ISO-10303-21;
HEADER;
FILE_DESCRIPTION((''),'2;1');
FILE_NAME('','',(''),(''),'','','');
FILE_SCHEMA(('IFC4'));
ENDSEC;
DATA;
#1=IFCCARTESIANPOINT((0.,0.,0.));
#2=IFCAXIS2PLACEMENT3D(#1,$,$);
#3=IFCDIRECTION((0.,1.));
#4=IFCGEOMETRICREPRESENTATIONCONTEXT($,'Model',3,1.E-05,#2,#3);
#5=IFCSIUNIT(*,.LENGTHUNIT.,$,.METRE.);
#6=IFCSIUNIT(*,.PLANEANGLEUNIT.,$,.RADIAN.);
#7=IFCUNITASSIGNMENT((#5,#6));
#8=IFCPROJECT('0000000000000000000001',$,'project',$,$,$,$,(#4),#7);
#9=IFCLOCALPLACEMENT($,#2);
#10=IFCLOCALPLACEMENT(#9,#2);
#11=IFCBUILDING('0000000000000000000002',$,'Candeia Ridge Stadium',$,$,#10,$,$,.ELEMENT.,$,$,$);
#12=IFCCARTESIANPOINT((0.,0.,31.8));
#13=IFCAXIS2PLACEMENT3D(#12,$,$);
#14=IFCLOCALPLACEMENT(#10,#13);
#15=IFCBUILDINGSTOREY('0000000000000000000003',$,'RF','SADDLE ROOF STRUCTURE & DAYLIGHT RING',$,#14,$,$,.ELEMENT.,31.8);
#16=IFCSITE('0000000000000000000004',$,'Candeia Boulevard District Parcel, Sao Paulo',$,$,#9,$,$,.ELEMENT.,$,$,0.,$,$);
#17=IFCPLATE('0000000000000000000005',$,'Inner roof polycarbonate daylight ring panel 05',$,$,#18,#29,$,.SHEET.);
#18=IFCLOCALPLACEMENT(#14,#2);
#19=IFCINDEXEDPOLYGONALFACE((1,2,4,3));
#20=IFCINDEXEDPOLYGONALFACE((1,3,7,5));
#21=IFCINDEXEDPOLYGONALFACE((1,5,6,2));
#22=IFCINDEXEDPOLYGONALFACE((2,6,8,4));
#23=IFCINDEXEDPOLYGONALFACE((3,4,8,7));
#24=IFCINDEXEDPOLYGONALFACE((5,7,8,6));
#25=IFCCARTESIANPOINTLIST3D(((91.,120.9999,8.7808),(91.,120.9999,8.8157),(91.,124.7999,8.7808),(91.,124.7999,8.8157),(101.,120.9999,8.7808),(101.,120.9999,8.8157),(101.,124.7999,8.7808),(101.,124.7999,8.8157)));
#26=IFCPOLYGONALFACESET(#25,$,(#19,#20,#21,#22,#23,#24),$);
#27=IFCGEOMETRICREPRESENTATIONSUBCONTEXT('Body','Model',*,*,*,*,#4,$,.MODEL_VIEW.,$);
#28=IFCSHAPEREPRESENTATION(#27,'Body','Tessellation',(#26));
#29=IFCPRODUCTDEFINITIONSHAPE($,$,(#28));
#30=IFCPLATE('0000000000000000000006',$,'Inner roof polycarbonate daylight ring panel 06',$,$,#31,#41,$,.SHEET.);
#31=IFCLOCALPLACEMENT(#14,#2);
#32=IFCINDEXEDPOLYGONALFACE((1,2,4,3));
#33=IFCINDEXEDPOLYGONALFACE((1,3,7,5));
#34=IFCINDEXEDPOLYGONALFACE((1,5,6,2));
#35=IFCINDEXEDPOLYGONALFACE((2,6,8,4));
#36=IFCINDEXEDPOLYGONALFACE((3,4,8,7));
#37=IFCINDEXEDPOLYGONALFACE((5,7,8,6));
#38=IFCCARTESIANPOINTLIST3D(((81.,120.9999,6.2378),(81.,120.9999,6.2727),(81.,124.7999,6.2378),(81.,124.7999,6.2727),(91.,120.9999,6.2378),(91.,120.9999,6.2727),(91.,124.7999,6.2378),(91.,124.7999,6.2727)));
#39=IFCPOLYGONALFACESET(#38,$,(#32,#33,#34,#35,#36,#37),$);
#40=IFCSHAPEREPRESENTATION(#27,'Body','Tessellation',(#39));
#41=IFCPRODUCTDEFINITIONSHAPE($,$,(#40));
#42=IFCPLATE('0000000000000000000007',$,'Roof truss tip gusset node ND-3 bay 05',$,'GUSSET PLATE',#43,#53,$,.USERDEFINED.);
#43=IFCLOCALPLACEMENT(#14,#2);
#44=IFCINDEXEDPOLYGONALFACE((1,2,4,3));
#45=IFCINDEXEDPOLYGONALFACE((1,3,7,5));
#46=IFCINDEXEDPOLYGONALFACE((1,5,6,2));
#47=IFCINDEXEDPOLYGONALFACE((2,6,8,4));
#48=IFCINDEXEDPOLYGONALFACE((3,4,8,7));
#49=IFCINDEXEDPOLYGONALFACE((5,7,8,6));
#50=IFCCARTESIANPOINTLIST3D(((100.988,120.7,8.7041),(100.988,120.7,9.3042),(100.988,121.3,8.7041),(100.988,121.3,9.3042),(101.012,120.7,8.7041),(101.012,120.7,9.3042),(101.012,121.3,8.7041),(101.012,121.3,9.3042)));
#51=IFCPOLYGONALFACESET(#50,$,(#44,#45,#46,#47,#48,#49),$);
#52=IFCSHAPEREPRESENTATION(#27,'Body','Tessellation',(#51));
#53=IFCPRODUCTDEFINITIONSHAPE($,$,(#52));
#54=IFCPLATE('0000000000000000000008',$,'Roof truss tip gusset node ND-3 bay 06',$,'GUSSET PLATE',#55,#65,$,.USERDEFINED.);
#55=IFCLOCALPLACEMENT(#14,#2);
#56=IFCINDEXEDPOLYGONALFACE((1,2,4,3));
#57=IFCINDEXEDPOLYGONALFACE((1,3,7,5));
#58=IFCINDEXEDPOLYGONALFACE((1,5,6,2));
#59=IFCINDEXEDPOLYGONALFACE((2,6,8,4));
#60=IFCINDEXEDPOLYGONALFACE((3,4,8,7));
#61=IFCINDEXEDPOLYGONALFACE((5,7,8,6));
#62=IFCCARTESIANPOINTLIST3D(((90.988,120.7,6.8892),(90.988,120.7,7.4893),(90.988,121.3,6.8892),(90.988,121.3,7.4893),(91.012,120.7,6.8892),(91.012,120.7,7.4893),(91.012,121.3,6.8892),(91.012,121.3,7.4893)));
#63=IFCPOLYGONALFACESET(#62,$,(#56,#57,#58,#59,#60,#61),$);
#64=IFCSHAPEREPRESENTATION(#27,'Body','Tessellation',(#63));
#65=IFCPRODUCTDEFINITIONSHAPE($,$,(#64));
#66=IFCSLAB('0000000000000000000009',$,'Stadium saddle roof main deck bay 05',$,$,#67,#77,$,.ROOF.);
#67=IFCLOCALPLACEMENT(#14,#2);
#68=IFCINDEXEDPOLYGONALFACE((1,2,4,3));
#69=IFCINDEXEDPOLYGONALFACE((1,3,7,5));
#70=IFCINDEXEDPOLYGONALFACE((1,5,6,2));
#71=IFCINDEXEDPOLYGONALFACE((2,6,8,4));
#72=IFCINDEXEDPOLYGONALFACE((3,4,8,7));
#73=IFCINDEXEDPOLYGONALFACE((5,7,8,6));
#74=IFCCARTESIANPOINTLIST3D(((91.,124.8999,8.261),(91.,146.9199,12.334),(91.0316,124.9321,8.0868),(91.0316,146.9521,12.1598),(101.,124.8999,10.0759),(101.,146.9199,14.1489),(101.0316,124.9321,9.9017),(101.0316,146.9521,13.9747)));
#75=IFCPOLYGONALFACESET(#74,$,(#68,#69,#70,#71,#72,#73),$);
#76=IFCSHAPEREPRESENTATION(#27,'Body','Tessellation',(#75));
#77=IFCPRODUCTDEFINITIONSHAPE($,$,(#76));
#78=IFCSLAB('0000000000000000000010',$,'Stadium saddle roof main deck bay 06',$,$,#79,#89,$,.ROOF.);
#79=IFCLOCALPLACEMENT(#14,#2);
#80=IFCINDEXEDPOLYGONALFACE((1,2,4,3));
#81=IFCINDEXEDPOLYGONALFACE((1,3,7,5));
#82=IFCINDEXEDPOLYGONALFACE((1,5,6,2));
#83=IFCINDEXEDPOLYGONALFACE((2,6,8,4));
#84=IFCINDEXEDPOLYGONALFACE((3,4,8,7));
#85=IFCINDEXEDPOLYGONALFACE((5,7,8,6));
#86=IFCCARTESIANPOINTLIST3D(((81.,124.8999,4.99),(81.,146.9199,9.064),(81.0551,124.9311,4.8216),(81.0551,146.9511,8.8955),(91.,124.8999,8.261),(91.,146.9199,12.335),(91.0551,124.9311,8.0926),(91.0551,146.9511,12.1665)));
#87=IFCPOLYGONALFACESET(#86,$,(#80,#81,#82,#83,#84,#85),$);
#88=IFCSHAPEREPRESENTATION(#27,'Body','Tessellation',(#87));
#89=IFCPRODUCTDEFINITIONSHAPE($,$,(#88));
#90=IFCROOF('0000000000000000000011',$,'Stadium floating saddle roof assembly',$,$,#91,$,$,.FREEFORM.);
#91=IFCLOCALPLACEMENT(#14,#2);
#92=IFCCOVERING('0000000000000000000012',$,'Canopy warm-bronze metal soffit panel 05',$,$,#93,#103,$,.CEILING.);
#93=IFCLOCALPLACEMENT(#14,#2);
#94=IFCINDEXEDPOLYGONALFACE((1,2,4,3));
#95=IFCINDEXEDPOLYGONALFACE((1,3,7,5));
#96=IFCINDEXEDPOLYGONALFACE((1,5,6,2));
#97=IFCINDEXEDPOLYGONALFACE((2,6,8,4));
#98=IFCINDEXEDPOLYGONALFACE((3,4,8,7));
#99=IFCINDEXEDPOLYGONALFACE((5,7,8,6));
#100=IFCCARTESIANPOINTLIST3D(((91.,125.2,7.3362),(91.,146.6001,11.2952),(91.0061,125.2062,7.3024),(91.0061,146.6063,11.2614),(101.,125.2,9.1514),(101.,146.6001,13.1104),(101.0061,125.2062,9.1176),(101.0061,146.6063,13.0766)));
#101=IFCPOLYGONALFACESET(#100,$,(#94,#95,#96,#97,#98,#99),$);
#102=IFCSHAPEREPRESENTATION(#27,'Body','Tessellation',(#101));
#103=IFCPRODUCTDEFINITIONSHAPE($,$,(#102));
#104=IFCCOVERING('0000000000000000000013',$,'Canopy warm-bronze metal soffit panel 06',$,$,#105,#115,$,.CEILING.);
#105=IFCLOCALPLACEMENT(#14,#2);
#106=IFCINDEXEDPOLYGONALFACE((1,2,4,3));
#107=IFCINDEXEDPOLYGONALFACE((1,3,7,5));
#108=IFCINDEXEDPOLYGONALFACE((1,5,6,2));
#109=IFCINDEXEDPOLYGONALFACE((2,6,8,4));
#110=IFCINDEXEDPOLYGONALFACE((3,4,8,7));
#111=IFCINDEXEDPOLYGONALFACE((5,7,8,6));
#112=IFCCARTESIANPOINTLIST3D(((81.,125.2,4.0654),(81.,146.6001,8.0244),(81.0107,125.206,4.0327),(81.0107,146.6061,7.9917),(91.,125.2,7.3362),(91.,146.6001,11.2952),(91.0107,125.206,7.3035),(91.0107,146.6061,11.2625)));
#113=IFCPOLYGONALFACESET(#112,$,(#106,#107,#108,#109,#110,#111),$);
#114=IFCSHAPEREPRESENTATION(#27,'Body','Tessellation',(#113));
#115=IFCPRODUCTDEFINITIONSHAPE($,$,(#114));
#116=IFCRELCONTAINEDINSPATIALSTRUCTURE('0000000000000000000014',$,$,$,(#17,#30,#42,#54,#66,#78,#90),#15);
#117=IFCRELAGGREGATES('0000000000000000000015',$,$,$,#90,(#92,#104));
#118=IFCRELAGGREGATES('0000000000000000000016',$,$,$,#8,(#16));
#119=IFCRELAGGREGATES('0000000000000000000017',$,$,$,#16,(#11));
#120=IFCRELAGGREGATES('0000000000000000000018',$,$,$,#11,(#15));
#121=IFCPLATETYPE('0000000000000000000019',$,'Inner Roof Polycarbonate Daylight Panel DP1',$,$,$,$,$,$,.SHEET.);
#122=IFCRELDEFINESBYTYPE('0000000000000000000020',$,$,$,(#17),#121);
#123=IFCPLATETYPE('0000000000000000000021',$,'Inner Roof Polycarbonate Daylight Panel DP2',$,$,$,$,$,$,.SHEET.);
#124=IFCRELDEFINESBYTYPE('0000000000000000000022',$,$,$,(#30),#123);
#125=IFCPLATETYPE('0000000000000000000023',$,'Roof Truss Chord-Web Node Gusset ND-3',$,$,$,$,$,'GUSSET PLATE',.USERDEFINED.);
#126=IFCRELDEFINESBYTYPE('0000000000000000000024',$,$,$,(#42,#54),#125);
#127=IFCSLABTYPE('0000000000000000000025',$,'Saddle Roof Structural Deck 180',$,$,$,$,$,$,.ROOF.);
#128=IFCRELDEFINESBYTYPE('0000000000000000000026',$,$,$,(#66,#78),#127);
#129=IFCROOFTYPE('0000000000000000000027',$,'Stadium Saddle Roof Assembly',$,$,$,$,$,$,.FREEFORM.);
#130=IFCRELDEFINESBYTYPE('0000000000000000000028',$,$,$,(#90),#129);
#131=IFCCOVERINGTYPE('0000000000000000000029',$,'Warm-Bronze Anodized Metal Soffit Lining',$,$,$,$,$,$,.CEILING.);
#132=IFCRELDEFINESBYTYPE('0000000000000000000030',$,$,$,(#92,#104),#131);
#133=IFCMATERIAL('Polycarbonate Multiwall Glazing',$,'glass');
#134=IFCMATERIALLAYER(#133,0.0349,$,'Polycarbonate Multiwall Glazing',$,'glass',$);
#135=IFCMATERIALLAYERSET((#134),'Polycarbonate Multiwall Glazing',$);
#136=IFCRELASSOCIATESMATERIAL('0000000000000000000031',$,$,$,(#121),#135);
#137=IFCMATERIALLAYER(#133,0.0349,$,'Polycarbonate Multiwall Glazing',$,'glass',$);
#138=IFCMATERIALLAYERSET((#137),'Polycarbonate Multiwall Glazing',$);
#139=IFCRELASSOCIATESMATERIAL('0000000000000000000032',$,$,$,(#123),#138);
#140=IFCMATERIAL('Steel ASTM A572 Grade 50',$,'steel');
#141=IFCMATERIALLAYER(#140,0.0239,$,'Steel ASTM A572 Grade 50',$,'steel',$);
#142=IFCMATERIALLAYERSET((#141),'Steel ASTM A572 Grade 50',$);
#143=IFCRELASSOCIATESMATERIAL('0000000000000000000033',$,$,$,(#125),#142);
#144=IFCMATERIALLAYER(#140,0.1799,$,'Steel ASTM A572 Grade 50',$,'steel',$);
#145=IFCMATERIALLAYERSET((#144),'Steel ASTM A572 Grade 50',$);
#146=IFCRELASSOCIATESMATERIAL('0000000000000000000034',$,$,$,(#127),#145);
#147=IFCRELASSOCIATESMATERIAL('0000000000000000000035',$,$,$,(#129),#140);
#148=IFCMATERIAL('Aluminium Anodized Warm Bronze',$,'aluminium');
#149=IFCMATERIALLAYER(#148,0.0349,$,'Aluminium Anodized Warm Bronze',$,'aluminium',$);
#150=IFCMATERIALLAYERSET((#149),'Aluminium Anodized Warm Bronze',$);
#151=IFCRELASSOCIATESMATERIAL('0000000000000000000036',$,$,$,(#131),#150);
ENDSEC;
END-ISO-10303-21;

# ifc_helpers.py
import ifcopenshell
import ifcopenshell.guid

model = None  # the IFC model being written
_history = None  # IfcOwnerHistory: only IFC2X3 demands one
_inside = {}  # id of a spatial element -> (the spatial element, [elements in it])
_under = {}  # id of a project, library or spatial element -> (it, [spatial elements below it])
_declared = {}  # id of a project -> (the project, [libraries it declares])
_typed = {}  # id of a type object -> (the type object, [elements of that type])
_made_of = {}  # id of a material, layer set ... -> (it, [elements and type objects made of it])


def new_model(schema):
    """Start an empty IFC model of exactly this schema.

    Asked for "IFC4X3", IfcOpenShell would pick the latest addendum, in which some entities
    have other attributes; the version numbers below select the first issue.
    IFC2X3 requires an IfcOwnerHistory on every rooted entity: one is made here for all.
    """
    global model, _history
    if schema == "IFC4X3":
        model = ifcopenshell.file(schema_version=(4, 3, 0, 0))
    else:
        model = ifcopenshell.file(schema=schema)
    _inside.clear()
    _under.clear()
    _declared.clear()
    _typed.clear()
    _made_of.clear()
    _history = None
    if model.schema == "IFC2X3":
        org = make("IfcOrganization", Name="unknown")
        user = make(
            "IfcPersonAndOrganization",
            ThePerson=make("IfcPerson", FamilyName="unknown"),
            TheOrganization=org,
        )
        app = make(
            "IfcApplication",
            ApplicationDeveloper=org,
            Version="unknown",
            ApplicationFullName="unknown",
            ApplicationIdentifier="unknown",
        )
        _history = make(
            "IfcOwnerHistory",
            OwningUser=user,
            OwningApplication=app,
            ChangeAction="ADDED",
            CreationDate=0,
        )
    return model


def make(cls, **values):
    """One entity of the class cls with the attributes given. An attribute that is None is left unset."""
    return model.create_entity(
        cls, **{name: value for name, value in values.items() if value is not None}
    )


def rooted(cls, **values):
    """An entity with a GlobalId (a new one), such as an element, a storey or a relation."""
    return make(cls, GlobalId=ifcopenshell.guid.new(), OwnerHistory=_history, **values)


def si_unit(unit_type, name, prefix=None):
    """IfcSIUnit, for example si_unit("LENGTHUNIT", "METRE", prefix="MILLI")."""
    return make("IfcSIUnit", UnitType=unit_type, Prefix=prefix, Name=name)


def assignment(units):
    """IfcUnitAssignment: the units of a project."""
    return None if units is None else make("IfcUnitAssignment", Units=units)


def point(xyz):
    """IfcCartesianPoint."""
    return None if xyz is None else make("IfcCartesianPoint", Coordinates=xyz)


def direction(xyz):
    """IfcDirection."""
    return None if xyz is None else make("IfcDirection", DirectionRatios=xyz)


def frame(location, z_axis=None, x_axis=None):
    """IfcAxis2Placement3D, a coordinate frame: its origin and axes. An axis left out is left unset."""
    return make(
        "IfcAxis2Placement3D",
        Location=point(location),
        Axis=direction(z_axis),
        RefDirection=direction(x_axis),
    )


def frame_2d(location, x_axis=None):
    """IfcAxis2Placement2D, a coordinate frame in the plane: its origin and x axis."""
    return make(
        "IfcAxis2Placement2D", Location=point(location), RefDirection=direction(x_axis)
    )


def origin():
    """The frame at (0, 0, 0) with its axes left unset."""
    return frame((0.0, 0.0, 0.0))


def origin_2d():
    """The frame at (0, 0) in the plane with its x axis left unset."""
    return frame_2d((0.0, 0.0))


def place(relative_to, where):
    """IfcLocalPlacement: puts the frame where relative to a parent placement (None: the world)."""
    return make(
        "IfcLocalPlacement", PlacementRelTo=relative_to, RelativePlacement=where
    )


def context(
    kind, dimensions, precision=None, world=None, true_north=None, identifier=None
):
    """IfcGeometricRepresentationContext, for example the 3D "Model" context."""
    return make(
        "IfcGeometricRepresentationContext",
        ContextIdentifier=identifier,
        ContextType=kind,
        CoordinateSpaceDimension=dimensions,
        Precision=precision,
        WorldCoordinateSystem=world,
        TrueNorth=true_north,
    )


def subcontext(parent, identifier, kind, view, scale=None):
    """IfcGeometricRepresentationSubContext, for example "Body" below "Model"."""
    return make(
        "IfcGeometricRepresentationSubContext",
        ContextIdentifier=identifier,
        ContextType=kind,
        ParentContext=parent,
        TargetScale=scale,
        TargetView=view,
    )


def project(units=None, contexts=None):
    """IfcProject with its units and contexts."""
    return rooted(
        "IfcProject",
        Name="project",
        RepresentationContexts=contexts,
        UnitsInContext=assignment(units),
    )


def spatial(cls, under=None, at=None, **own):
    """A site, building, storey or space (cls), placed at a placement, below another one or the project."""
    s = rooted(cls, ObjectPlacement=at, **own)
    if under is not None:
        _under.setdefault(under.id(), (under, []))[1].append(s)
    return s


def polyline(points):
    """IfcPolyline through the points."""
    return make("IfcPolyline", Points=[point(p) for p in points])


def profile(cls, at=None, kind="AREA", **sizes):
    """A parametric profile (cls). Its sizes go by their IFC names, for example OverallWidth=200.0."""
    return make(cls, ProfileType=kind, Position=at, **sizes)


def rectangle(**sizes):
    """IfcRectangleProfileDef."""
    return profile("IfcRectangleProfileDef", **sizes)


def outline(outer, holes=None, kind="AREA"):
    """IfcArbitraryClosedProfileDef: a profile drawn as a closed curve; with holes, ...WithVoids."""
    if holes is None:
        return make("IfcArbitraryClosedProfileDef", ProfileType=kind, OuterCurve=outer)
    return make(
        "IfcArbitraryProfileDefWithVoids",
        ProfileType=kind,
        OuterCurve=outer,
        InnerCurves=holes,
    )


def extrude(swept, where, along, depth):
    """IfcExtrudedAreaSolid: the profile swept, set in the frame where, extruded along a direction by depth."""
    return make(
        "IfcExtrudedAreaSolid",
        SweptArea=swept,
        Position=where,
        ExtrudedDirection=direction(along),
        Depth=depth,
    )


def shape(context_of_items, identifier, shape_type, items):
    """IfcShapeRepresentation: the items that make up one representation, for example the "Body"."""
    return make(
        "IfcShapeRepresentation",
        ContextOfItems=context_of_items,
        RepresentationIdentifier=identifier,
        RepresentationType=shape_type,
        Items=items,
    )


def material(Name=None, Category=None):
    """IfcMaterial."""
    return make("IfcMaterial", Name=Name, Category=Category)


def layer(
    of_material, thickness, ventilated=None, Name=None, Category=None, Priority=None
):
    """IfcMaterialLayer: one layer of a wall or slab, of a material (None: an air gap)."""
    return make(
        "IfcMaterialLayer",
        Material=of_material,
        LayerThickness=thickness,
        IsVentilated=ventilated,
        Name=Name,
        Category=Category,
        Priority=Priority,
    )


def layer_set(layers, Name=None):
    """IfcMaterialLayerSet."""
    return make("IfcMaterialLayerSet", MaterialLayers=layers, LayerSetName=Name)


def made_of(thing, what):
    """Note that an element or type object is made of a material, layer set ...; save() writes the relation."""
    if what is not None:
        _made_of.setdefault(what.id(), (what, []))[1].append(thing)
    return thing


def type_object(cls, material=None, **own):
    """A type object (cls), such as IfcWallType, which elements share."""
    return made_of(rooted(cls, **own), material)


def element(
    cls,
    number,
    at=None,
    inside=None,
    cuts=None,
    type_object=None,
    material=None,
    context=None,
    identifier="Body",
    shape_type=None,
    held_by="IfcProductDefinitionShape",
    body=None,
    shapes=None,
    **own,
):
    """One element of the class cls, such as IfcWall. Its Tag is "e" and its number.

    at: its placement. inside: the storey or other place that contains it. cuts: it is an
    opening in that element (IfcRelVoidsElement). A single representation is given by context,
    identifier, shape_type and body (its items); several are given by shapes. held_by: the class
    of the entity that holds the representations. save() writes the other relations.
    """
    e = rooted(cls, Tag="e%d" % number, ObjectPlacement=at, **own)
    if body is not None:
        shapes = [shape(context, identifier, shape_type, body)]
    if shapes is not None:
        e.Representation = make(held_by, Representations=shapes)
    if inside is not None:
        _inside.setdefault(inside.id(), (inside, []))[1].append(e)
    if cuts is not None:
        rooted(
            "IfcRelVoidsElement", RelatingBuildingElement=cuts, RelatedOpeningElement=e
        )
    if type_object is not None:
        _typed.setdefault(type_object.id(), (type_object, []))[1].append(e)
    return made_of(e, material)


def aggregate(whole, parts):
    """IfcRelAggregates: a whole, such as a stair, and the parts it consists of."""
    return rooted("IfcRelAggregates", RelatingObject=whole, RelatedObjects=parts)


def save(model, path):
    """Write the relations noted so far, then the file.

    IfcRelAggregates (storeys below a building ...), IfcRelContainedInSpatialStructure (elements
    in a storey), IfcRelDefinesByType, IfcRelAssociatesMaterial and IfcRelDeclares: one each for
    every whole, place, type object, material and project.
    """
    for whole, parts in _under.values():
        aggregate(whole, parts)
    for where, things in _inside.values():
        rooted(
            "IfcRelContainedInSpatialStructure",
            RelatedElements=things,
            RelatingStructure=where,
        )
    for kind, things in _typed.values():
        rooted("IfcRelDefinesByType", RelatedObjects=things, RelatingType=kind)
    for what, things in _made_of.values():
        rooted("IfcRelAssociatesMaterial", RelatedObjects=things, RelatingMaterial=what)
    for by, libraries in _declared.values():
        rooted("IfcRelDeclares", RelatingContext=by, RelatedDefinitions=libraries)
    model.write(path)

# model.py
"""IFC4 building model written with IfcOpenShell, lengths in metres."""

from ifc_helpers import new_model, si_unit, direction, frame, origin, origin_2d, place, context, subcontext, project, spatial, polyline, rectangle, outline, extrude, material, layer, layer_set, type_object, element, aggregate, save


model = new_model("IFC4")

# Units and contexts
model_context = context("Model", 3, precision=1e-05, world=origin(), true_north=direction((0.0, 1.0)))
body_context = subcontext(model_context, "Body", "Model", "MODEL_VIEW")
ifc_project = project(units=[si_unit("LENGTHUNIT", "METRE"), si_unit("PLANEANGLEUNIT", "RADIAN")], contexts=[model_context])

# Site, building, storey
site_placement = place(None, origin())
site = spatial("IfcSite", under=ifc_project, at=site_placement, Name="Candeia Boulevard District Parcel, Sao Paulo", CompositionType="ELEMENT", RefElevation=0.0)
building_placement = place(site_placement, origin())
building = spatial("IfcBuilding", under=site, at=building_placement, Name="Candeia Ridge Stadium", CompositionType="ELEMENT")
storey_placement = place(building_placement, frame((0.0, 0.0, 31.8)))
storey = spatial("IfcBuildingStorey", under=building, at=storey_placement, Name="RF", Description="SADDLE ROOF STRUCTURE & DAYLIGHT RING", CompositionType="ELEMENT", Elevation=31.8)

# Shared definitions
ifc_material_1 = material(Name="Steel ASTM A572 Grade 50", Category="steel")

# Plates
ifc_material_2 = material(Name="Polycarbonate Multiwall Glazing", Category="glass")
ifc_layer_1 = layer(ifc_material_2, 0.0349, Name="Polycarbonate Multiwall Glazing", Category="glass")
ifc_layer_set_1 = layer_set([ifc_layer_1], Name="Polycarbonate Multiwall Glazing")
plate_type_1 = type_object("IfcPlateType", Name="Inner Roof Polycarbonate Daylight Panel DP1", PredefinedType="SHEET", material=ifc_layer_set_1)
plate_1_placement = place(storey_placement, frame((96.0, 122.8999, 8.7808), z_axis=(0.0, 0.0, 1.0), x_axis=(-1.0, 0.0, 0.0)))
element("IfcPlate", 1, at=plate_1_placement, inside=storey, type_object=plate_type_1, Name="Inner roof polycarbonate daylight ring panel 05", PredefinedType="SHEET", context=body_context, shape_type="SweptSolid", body=[
    extrude(rectangle(XDim=10.0, YDim=3.8, at=origin_2d()), origin(), (0.0, 0.0, 1.0), 0.0349),
])
ifc_layer_2 = layer(ifc_material_2, 0.0349, Name="Polycarbonate Multiwall Glazing", Category="glass")
ifc_layer_set_2 = layer_set([ifc_layer_2], Name="Polycarbonate Multiwall Glazing")
plate_type_2 = type_object("IfcPlateType", Name="Inner Roof Polycarbonate Daylight Panel DP2", PredefinedType="SHEET", material=ifc_layer_set_2)
plate_2_placement = place(storey_placement, frame((86.0, 122.8999, 6.2378), z_axis=(0.0, 0.0, 1.0), x_axis=(-1.0, 0.0, 0.0)))
element("IfcPlate", 2, at=plate_2_placement, inside=storey, type_object=plate_type_2, Name="Inner roof polycarbonate daylight ring panel 06", PredefinedType="SHEET", context=body_context, shape_type="SweptSolid", body=[
    extrude(rectangle(XDim=10.0, YDim=3.8, at=origin_2d()), origin(), (0.0, 0.0, 1.0), 0.0349),
])
ifc_layer_3 = layer(ifc_material_1, 0.0239, Name="Steel ASTM A572 Grade 50", Category="steel")
ifc_layer_set_3 = layer_set([ifc_layer_3], Name="Steel ASTM A572 Grade 50")
plate_type_3 = type_object("IfcPlateType", Name="Roof Truss Chord-Web Node Gusset ND-3", ElementType="GUSSET PLATE", PredefinedType="USERDEFINED", material=ifc_layer_set_3)
for number, where, z_axis, x_axis, name in (
    (3, (101.0, 121.0, 8.7041), (0.0, 0.0, 1.0), (0.0, 1.0, 0.0), "Roof truss tip gusset node ND-3 bay 05"),
    (4, (91.0, 121.0, 6.8892), (0.0, 0.0, 1.0), (0.0, 1.0, 0.0), "Roof truss tip gusset node ND-3 bay 06"),
):
    element("IfcPlate", number, at=place(storey_placement, frame(where, z_axis=z_axis, x_axis=x_axis)), inside=storey, type_object=plate_type_3, Name=name, ObjectType="GUSSET PLATE", PredefinedType="USERDEFINED", context=body_context, shape_type="SweptSolid", body=[
        extrude(rectangle(XDim=0.6001, YDim=0.0239, at=origin_2d()), origin(), (0.0, 0.0, 1.0), 0.6001),
    ])

# Slabs
ifc_layer_4 = layer(ifc_material_1, 0.1799, Name="Steel ASTM A572 Grade 50", Category="steel")
ifc_layer_set_4 = layer_set([ifc_layer_4], Name="Steel ASTM A572 Grade 50")
slab_type = type_object("IfcSlabType", Name="Saddle Roof Structural Deck 180", PredefinedType="ROOF", material=ifc_layer_set_4)
slab_1_placement = place(storey_placement, frame((101.0, 124.8999, 10.0759), z_axis=(-0.175691, -0.179054, 0.968025), x_axis=(-0.983926, 0.0, -0.178577)))
element("IfcSlab", 5, at=slab_1_placement, inside=storey, type_object=slab_type, Name="Stadium saddle roof main deck bay 05", PredefinedType="ROOF", context=body_context, shape_type="SweptSolid", body=[
    extrude(outline(polyline([(0.0, 0.0), (10.1634, 0.0), (9.436, -22.3817), (-0.7273, -22.3817), (0.0, 0.0)])), origin(), (0.0, 0.0, -1.0), 0.1799),
])
slab_2_placement = place(storey_placement, frame((91.0, 124.8999, 8.261), z_axis=(-0.306193, -0.173187, 0.936084), x_axis=(-0.950446, 0.0, -0.31089)))
element("IfcSlab", 6, at=slab_2_placement, inside=storey, type_object=slab_type, Name="Stadium saddle roof main deck bay 06", PredefinedType="ROOF", context=body_context, shape_type="SweptSolid", body=[
    extrude(outline(polyline([(0.0, 0.0), (10.5214, 0.0), (9.2548, -22.3579), (-1.2666, -22.3579), (0.0, 0.0)])), origin(), (0.0, 0.0, -1.0), 0.1799),
])

# Roof, coverings
roof_type = type_object("IfcRoofType", Name="Stadium Saddle Roof Assembly", PredefinedType="FREEFORM", material=ifc_material_1)
roof_placement = place(storey_placement, origin())
roof = element("IfcRoof", 7, at=roof_placement, inside=storey, type_object=roof_type, Name="Stadium floating saddle roof assembly", PredefinedType="FREEFORM")
ifc_material_3 = material(Name="Aluminium Anodized Warm Bronze", Category="aluminium")
ifc_layer_5 = layer(ifc_material_3, 0.0349, Name="Aluminium Anodized Warm Bronze", Category="aluminium")
ifc_layer_set_5 = layer_set([ifc_layer_5], Name="Aluminium Anodized Warm Bronze")
covering_type = type_object("IfcCoveringType", Name="Warm-Bronze Anodized Metal Soffit Lining", PredefinedType="CEILING", material=ifc_layer_set_5)
covering_1_placement = place(storey_placement, frame((101.0, 125.2, 9.1514), z_axis=(-0.175713, -0.179081, 0.968016), x_axis=(-0.983922, 0.0, -0.1786)))
covering_1 = element("IfcCovering", 8, at=covering_1_placement, type_object=covering_type, Name="Canopy warm-bronze metal soffit panel 05", PredefinedType="CEILING", context=body_context, shape_type="SweptSolid", body=[
    extrude(outline(polyline([(0.0, 0.0), (10.1634, 0.0), (9.4563, -21.7518), (-0.7071, -21.7518), (0.0, 0.0)])), origin(), (0.0, 0.0, -1.0), 0.0349),
])
covering_2_placement = place(storey_placement, frame((91.0, 125.2, 7.3362), z_axis=(-0.306173, -0.173175, 0.936092), x_axis=(-0.950453, 0.0, -0.310869)))
covering_2 = element("IfcCovering", 9, at=covering_2_placement, type_object=covering_type, Name="Canopy warm-bronze metal soffit panel 06", PredefinedType="CEILING", context=body_context, shape_type="SweptSolid", body=[
    extrude(outline(polyline([(0.0, 0.0), (10.5213, 0.0), (9.2906, -21.7284), (-1.2307, -21.7284), (0.0, 0.0)])), origin(), (0.0, 0.0, -1.0), 0.0349),
])
aggregate(roof, [covering_1, covering_2])

save(model, "model.ifc")
